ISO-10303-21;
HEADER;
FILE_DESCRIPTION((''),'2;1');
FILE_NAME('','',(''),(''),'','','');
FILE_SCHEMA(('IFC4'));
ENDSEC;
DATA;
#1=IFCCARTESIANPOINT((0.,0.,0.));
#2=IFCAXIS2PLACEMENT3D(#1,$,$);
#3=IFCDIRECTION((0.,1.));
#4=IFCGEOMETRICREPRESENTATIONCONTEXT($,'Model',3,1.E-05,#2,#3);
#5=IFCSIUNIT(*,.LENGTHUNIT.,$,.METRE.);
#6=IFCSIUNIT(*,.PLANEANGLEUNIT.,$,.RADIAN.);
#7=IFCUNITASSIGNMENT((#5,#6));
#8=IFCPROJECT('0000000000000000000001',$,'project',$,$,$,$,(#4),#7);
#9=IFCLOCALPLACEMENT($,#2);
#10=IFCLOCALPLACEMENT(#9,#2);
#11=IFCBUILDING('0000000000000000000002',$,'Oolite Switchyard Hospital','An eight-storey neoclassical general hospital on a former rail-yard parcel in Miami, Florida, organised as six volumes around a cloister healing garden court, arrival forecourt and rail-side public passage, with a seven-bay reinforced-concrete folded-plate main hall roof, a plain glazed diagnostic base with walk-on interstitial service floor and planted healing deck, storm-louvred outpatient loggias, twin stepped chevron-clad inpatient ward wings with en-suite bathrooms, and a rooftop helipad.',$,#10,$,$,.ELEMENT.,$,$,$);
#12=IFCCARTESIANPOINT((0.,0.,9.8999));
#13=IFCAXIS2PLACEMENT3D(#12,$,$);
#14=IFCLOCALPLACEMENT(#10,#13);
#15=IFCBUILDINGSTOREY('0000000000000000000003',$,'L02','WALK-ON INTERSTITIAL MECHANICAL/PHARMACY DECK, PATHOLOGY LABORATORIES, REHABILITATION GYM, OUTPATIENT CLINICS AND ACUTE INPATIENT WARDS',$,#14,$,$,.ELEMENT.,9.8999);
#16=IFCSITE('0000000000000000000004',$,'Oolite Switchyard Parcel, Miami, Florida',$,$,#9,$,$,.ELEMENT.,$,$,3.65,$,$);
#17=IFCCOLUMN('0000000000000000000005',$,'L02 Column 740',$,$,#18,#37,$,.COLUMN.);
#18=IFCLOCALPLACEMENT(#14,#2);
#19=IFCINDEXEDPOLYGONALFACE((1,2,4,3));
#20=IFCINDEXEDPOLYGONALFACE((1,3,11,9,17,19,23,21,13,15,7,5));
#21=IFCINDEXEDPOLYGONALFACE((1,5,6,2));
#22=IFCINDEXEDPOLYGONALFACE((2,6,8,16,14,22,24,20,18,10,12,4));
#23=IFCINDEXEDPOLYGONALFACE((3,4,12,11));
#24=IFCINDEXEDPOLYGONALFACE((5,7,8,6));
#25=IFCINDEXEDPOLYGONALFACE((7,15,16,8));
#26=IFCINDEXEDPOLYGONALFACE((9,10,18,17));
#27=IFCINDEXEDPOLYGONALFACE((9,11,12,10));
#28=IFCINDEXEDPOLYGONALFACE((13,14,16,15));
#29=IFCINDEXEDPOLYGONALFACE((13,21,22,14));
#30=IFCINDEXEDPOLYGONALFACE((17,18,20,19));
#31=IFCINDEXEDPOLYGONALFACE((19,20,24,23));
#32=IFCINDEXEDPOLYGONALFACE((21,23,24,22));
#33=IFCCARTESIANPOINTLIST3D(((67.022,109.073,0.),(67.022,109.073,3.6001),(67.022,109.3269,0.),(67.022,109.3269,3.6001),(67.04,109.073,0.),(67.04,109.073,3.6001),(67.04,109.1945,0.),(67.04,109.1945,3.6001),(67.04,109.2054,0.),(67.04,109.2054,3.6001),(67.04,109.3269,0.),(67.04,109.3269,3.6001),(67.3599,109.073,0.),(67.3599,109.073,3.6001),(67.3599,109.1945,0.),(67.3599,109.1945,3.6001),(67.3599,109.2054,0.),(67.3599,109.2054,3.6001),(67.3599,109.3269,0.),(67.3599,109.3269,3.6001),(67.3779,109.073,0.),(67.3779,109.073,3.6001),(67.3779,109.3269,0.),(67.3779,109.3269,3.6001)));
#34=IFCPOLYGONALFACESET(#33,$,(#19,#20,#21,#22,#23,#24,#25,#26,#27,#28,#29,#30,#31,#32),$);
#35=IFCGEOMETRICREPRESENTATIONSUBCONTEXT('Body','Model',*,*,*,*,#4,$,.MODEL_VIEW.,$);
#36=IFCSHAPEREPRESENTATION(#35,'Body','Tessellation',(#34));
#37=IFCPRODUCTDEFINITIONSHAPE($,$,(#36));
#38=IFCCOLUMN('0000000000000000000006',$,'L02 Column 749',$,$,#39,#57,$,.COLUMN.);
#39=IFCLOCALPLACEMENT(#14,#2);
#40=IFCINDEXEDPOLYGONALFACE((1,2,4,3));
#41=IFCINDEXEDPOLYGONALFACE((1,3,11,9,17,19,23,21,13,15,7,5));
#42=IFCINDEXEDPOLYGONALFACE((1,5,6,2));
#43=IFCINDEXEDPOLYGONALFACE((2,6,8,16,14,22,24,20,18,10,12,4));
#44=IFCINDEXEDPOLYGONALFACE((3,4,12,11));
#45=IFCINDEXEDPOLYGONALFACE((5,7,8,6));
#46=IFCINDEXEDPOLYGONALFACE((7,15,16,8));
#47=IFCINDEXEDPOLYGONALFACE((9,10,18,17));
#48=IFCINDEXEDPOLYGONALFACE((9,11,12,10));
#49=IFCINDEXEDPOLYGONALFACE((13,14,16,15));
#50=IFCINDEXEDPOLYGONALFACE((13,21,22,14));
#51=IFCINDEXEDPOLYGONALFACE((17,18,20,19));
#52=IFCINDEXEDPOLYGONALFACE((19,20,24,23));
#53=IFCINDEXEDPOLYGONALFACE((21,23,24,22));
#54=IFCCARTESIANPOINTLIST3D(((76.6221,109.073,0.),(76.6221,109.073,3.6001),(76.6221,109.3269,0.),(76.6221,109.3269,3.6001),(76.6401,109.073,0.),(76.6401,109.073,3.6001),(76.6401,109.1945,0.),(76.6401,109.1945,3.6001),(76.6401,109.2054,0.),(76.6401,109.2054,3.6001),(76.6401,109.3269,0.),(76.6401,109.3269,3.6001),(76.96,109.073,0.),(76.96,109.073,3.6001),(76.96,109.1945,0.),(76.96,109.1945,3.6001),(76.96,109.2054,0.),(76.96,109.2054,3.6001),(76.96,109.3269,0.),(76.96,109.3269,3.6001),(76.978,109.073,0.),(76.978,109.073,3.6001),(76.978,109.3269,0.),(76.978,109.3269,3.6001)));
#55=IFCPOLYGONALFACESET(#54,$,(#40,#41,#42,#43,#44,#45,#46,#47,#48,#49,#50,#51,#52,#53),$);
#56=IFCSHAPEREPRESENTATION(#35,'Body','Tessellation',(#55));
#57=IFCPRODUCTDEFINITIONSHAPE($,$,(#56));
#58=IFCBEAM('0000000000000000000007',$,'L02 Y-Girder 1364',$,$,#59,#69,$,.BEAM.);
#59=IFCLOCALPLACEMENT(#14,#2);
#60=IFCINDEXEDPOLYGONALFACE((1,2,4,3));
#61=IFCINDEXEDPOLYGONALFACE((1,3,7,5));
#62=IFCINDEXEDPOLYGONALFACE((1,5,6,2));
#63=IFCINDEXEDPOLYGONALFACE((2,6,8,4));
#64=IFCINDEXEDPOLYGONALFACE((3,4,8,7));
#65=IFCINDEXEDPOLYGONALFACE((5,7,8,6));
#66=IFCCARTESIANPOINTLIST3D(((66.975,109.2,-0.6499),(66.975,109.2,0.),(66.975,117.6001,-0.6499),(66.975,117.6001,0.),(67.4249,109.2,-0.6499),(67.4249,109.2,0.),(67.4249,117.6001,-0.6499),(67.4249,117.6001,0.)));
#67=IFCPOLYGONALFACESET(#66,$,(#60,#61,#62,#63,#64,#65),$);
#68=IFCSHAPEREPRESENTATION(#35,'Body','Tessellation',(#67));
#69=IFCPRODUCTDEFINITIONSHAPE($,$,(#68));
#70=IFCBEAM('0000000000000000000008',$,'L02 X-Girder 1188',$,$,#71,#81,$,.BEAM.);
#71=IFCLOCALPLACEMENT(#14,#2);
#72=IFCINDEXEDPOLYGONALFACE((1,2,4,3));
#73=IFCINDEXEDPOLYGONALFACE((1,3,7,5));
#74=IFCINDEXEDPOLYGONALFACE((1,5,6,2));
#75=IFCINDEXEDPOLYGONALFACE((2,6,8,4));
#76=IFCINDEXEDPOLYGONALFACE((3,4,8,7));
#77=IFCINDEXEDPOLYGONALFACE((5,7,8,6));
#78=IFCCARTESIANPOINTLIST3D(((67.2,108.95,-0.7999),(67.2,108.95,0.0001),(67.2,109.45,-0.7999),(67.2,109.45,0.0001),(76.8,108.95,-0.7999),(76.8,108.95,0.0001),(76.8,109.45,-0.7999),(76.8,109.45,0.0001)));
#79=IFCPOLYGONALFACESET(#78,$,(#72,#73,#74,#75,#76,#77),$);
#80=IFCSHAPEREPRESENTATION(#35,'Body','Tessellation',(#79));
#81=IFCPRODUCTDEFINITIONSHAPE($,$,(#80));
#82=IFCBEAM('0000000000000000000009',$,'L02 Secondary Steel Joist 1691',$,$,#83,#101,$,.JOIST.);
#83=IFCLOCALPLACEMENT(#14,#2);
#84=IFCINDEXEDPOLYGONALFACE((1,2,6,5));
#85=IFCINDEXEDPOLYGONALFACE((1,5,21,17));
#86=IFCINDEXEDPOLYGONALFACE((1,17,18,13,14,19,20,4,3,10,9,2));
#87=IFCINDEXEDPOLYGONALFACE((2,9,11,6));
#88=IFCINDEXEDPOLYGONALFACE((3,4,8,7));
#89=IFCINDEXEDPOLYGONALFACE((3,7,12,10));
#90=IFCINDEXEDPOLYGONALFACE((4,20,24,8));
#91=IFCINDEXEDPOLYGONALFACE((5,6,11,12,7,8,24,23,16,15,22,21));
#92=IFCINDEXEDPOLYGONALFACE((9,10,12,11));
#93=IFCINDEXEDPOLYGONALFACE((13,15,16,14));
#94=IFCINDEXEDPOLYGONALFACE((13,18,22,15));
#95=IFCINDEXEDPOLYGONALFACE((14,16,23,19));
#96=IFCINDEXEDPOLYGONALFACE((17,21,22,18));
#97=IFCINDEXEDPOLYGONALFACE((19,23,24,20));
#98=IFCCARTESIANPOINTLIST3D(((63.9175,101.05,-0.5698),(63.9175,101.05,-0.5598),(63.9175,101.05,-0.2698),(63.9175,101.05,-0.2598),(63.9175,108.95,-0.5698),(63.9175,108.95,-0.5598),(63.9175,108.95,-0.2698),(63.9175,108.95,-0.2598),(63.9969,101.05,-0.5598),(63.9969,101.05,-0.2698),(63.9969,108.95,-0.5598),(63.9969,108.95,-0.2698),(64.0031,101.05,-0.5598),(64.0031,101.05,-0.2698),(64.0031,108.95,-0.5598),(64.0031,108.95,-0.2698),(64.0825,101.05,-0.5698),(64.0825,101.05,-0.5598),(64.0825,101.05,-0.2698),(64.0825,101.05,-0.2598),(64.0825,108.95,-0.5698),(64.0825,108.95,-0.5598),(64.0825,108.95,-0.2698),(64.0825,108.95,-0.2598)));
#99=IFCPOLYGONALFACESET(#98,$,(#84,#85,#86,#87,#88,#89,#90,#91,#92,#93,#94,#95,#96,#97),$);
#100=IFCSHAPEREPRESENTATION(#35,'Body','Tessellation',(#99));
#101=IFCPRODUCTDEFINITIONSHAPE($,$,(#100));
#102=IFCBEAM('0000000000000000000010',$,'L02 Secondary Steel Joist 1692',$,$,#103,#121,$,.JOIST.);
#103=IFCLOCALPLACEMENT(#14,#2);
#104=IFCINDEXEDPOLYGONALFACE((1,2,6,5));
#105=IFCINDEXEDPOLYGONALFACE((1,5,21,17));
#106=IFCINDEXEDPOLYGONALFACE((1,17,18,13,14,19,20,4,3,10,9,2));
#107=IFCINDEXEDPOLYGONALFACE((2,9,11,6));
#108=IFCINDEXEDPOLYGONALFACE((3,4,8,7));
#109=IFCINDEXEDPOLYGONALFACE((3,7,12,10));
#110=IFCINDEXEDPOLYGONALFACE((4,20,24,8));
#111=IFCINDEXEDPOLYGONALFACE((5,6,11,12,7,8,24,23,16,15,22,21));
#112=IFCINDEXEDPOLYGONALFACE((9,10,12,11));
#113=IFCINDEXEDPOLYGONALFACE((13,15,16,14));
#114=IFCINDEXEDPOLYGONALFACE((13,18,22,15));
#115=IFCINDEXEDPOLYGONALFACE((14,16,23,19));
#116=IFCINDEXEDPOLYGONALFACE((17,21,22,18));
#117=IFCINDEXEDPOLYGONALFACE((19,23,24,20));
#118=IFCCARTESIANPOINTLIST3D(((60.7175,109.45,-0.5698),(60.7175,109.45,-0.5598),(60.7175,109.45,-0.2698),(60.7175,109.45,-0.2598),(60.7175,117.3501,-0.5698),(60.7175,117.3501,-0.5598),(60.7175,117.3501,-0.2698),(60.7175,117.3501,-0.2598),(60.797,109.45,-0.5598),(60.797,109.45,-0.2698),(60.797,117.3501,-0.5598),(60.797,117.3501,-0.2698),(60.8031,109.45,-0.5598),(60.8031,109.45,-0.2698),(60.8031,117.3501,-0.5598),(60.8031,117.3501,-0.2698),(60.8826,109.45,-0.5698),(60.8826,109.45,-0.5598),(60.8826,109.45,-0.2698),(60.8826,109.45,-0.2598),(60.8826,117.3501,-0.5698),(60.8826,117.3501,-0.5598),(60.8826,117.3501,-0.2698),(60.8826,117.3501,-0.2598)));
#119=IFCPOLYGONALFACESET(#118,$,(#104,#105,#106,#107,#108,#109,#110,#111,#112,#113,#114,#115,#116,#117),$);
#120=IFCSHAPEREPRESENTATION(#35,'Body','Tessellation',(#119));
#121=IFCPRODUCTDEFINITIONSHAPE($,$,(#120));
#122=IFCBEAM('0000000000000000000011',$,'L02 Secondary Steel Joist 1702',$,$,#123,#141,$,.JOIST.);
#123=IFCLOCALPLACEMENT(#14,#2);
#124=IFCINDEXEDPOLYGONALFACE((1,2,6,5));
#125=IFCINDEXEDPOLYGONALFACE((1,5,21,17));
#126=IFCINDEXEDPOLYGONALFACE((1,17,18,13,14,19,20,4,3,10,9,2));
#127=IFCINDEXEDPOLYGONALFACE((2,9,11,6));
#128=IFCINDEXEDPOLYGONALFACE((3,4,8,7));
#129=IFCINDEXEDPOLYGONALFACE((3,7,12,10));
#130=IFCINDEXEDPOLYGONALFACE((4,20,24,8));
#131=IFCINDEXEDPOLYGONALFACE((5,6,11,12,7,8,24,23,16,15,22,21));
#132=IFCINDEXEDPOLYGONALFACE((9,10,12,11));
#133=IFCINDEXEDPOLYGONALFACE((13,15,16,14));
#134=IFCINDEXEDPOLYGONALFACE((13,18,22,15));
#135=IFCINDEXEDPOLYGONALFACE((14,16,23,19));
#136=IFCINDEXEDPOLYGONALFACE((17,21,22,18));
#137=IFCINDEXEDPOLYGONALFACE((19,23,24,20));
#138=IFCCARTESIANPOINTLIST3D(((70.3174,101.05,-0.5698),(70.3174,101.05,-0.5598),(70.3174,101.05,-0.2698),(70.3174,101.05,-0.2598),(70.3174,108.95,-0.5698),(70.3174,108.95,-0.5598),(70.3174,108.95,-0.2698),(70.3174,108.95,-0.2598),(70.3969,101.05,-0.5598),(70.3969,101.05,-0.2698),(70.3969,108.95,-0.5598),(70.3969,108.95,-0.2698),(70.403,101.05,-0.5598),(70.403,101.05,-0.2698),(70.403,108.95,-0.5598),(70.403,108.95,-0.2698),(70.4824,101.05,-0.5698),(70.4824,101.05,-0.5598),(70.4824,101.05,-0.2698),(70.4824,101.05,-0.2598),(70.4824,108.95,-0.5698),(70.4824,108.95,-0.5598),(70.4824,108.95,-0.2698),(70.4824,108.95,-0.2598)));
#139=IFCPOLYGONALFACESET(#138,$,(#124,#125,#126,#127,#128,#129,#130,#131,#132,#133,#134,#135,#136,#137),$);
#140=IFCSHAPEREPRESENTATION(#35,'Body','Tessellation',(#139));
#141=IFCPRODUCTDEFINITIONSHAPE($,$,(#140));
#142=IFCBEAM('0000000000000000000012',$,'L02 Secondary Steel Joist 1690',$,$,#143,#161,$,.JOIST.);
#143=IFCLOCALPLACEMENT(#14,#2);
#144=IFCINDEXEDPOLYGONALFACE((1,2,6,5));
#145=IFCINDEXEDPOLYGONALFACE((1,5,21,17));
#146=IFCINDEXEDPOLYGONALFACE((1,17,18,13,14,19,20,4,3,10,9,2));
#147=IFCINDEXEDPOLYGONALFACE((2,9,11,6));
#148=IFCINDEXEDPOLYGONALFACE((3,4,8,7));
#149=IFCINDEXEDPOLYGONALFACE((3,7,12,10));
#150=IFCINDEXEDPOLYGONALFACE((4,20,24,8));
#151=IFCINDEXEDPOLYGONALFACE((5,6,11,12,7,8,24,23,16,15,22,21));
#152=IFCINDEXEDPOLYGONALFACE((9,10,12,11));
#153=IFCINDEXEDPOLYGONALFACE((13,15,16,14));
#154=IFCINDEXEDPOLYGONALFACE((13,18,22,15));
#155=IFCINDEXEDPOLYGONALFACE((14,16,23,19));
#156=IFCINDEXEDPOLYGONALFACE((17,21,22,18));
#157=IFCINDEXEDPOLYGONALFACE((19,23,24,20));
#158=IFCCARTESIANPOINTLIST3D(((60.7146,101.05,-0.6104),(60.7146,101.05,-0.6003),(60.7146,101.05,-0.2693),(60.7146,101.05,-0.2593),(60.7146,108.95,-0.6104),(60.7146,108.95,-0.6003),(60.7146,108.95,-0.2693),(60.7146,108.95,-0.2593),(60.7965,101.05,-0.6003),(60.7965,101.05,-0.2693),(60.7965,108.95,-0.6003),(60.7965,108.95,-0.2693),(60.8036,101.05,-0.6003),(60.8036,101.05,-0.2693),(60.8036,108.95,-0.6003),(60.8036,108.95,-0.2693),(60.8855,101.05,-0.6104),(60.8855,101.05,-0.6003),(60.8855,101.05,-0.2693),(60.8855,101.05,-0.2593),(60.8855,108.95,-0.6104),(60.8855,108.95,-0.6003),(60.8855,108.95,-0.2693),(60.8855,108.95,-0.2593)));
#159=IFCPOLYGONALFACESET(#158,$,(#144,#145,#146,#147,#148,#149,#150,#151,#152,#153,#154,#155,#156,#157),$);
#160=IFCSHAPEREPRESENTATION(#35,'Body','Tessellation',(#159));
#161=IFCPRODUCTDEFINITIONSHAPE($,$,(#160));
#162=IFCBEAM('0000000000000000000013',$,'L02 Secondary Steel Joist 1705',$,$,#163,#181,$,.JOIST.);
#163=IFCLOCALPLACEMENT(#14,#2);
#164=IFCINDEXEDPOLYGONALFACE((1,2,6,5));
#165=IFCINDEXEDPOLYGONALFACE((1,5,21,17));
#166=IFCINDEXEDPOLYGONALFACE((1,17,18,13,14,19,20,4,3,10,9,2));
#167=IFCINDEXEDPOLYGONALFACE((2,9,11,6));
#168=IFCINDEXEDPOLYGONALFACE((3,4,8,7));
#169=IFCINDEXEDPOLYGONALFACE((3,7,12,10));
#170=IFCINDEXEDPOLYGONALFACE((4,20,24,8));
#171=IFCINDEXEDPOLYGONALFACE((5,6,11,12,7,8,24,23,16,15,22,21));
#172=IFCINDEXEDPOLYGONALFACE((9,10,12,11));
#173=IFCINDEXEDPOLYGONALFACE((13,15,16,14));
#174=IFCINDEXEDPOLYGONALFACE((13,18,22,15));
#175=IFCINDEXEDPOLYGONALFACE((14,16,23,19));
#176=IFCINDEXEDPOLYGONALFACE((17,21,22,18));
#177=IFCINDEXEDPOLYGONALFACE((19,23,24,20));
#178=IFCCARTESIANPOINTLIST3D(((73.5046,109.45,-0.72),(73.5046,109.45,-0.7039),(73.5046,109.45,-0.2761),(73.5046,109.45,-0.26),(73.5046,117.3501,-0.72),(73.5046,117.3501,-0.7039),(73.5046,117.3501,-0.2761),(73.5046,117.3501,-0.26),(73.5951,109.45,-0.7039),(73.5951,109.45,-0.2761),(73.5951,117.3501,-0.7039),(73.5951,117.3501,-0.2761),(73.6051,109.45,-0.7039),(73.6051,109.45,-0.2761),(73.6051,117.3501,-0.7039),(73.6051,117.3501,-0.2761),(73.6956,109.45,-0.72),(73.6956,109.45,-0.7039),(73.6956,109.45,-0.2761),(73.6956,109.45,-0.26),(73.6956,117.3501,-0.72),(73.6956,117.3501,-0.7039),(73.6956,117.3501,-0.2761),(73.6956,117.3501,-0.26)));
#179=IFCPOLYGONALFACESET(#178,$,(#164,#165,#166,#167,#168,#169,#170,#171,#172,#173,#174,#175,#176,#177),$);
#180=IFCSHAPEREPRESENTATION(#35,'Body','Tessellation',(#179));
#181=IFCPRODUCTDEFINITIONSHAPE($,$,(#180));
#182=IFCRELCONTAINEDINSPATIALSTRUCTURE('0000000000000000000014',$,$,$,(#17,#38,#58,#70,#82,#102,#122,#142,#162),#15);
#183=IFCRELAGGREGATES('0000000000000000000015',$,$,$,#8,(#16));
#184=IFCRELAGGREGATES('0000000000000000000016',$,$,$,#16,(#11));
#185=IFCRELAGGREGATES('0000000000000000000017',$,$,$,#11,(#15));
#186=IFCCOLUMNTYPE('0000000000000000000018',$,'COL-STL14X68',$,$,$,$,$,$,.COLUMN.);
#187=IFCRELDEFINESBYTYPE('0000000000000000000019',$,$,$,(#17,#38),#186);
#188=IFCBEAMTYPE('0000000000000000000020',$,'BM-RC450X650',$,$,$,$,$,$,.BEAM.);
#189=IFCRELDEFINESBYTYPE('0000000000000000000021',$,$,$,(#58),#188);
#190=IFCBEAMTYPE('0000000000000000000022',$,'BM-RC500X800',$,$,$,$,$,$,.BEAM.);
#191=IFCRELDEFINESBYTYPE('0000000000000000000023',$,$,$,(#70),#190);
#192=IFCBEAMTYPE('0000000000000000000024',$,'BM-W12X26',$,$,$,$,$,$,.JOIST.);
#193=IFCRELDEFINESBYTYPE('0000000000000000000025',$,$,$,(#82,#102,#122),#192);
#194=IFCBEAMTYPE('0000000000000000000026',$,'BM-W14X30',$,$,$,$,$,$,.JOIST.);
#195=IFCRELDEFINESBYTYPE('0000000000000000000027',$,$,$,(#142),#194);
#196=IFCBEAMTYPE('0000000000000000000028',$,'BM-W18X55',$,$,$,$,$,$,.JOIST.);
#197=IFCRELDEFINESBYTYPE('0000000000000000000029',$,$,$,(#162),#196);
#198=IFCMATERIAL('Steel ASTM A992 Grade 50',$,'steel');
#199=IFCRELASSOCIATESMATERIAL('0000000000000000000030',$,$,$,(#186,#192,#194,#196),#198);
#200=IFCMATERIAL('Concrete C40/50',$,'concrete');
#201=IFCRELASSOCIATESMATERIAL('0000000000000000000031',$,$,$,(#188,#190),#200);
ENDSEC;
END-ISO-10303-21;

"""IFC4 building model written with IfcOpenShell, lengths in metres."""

from ifc_helpers import new_model, si_unit, direction, frame, origin, origin_2d, place, context, subcontext, project, spatial, rectangle, i_section, extrude, material, material_profile, profile_set, type_object, element, save


model = new_model("IFC4")

# Units and contexts
model_context = context("Model", 3, precision=1e-05, world=origin(), true_north=direction((0.0, 1.0)))
body_context = subcontext(model_context, "Body", "Model", "MODEL_VIEW")
ifc_project = project(units=[si_unit("LENGTHUNIT", "METRE"), si_unit("PLANEANGLEUNIT", "RADIAN")], contexts=[model_context])

# Site, building, storey
site_placement = place(None, origin())
site = spatial("IfcSite", under=ifc_project, at=site_placement, Name="Oolite Switchyard Parcel, Miami, Florida", CompositionType="ELEMENT", RefElevation=3.65)
building_placement = place(site_placement, origin())
building = spatial("IfcBuilding", under=site, at=building_placement, Name="Oolite Switchyard Hospital", Description="An eight-storey neoclassical general hospital on a former rail-yard parcel in Miami, Florida, organised as six volumes around a cloister healing garden court, arrival forecourt and rail-side public passage, with a seven-bay reinforced-concrete folded-plate main hall roof, a plain glazed diagnostic base with walk-on interstitial service floor and planted healing deck, storm-louvred outpatient loggias, twin stepped chevron-clad inpatient ward wings with en-suite bathrooms, and a rooftop helipad.", CompositionType="ELEMENT")
storey_placement = place(building_placement, frame((0.0, 0.0, 9.8999)))
storey = spatial("IfcBuildingStorey", under=building, at=storey_placement, Name="L02", Description="WALK-ON INTERSTITIAL MECHANICAL/PHARMACY DECK, PATHOLOGY LABORATORIES, REHABILITATION GYM, OUTPATIENT CLINICS AND ACUTE INPATIENT WARDS", CompositionType="ELEMENT", Elevation=9.8999)

# Columns
ifc_material_1 = material(Name="Steel ASTM A992 Grade 50", Category="steel")
ifc_material_profile_1 = material_profile(ifc_material_1, i_section(OverallWidth=0.2539, OverallDepth=0.356, WebThickness=0.011, FlangeThickness=0.0181, at=origin_2d()), Name="W14X68")
ifc_profile_set_1 = profile_set([ifc_material_profile_1], Name="Steel ASTM A992 Grade 50")
column_type = type_object("IfcColumnType", Name="COL-STL14X68", PredefinedType="COLUMN", material=ifc_profile_set_1)
for number, where, z_axis, x_axis, name in (
    (1, (67.2, 109.2, 0.0), (0.0, 0.0, 1.0), (0.0, -1.0, 0.0), "L02 Column 740"),
    (2, (76.8, 109.2, 0.0), (0.0, 0.0, 1.0), (0.0, -1.0, 0.0), "L02 Column 749"),
):
    element("IfcColumn", number, at=place(storey_placement, frame(where, z_axis=z_axis, x_axis=x_axis)), inside=storey, type_object=column_type, Name=name, PredefinedType="COLUMN", context=body_context, shape_type="SweptSolid", body=[
        extrude(i_section(OverallWidth=0.2539, OverallDepth=0.356, WebThickness=0.011, FlangeThickness=0.0181, at=origin_2d()), origin(), (0.0, 0.0, 1.0), 3.6001),
    ])

# Beams
ifc_material_2 = material(Name="Concrete C40/50", Category="concrete")
ifc_material_profile_2 = material_profile(ifc_material_2, rectangle(XDim=0.45, YDim=0.6499, at=origin_2d()), Name="RCB450X650")
ifc_profile_set_2 = profile_set([ifc_material_profile_2], Name="Concrete C40/50")
beam_type_1 = type_object("IfcBeamType", Name="BM-RC450X650", PredefinedType="BEAM", material=ifc_profile_set_2)
beam_1_placement = place(storey_placement, frame((67.2, 109.2, -0.325), z_axis=(0.0, 1.0, 0.0), x_axis=(-1.0, 0.0, 0.0)))
element("IfcBeam", 3, at=beam_1_placement, inside=storey, type_object=beam_type_1, Name="L02 Y-Girder 1364", PredefinedType="BEAM", context=body_context, shape_type="SweptSolid", body=[
    extrude(rectangle(XDim=0.45, YDim=0.6499, at=origin_2d()), origin(), (0.0, 0.0, 1.0), 8.4001),
])
ifc_material_profile_3 = material_profile(ifc_material_2, rectangle(XDim=0.5, YDim=0.8, at=origin_2d()), Name="RCB500X800")
ifc_profile_set_3 = profile_set([ifc_material_profile_3], Name="Concrete C40/50")
beam_type_2 = type_object("IfcBeamType", Name="BM-RC500X800", PredefinedType="BEAM", material=ifc_profile_set_3)
beam_2_placement = place(storey_placement, frame((67.2, 109.2, -0.3999), z_axis=(1.0, 0.0, 0.0), x_axis=(0.0, 1.0, 0.0)))
element("IfcBeam", 4, at=beam_2_placement, inside=storey, type_object=beam_type_2, Name="L02 X-Girder 1188", PredefinedType="BEAM", context=body_context, shape_type="SweptSolid", body=[
    extrude(rectangle(XDim=0.5, YDim=0.8, at=origin_2d()), origin(), (0.0, 0.0, 1.0), 9.6001),
])
ifc_material_profile_4 = material_profile(ifc_material_1, i_section(OverallWidth=0.165, OverallDepth=0.3101, WebThickness=0.0061, FlangeThickness=0.01, at=origin_2d()), Name="W12X26")
ifc_profile_set_4 = profile_set([ifc_material_profile_4], Name="Steel ASTM A992 Grade 50")
beam_type_3 = type_object("IfcBeamType", Name="BM-W12X26", PredefinedType="JOIST", material=ifc_profile_set_4)
beam_3_placement = place(storey_placement, frame((64.0, 101.05, -0.4148), z_axis=(0.0, 1.0, 0.0), x_axis=(-1.0, 0.0, 0.0)))
element("IfcBeam", 5, at=beam_3_placement, inside=storey, type_object=beam_type_3, Name="L02 Secondary Steel Joist 1691", PredefinedType="JOIST", context=body_context, shape_type="SweptSolid", body=[
    extrude(i_section(OverallWidth=0.165, OverallDepth=0.3101, WebThickness=0.0061, FlangeThickness=0.01, at=origin_2d()), origin(), (0.0, 0.0, 1.0), 7.8999),
])
beam_4_placement = place(storey_placement, frame((60.8, 109.45, -0.4148), z_axis=(0.0, 1.0, 0.0), x_axis=(-1.0, 0.0, 0.0)))
element("IfcBeam", 6, at=beam_4_placement, inside=storey, type_object=beam_type_3, Name="L02 Secondary Steel Joist 1692", PredefinedType="JOIST", context=body_context, shape_type="SweptSolid", body=[
    extrude(i_section(OverallWidth=0.165, OverallDepth=0.3101, WebThickness=0.0061, FlangeThickness=0.01, at=origin_2d()), origin(), (0.0, 0.0, 1.0), 7.9001),
])
beam_5_placement = place(storey_placement, frame((70.3999, 101.05, -0.4148), z_axis=(0.0, 1.0, 0.0), x_axis=(-1.0, 0.0, 0.0)))
element("IfcBeam", 7, at=beam_5_placement, inside=storey, type_object=beam_type_3, Name="L02 Secondary Steel Joist 1702", PredefinedType="JOIST", context=body_context, shape_type="SweptSolid", body=[
    extrude(i_section(OverallWidth=0.165, OverallDepth=0.3101, WebThickness=0.0061, FlangeThickness=0.01, at=origin_2d()), origin(), (0.0, 0.0, 1.0), 7.8999),
])
ifc_material_profile_5 = material_profile(ifc_material_1, i_section(OverallWidth=0.1709, OverallDepth=0.3511, WebThickness=0.0071, FlangeThickness=0.01, at=origin_2d()), Name="W14X30")
ifc_profile_set_5 = profile_set([ifc_material_profile_5], Name="Steel ASTM A992 Grade 50")
beam_type_4 = type_object("IfcBeamType", Name="BM-W14X30", PredefinedType="JOIST", material=ifc_profile_set_5)
beam_6_placement = place(storey_placement, frame((60.8, 101.05, -0.4348), z_axis=(0.0, 1.0, 0.0), x_axis=(-1.0, 0.0, 0.0)))
element("IfcBeam", 8, at=beam_6_placement, inside=storey, type_object=beam_type_4, Name="L02 Secondary Steel Joist 1690", PredefinedType="JOIST", context=body_context, shape_type="SweptSolid", body=[
    extrude(i_section(OverallWidth=0.1709, OverallDepth=0.3511, WebThickness=0.0071, FlangeThickness=0.01, at=origin_2d()), origin(), (0.0, 0.0, 1.0), 7.8999),
])
ifc_material_profile_6 = material_profile(ifc_material_1, i_section(OverallWidth=0.1909, OverallDepth=0.46, WebThickness=0.01, FlangeThickness=0.0161, at=origin_2d()), Name="W18X55")
ifc_profile_set_6 = profile_set([ifc_material_profile_6], Name="Steel ASTM A992 Grade 50")
beam_type_5 = type_object("IfcBeamType", Name="BM-W18X55", PredefinedType="JOIST", material=ifc_profile_set_6)
beam_7_placement = place(storey_placement, frame((73.6001, 109.45, -0.49), z_axis=(0.0, 1.0, 0.0), x_axis=(-1.0, 0.0, 0.0)))
element("IfcBeam", 9, at=beam_7_placement, inside=storey, type_object=beam_type_5, Name="L02 Secondary Steel Joist 1705", PredefinedType="JOIST", context=body_context, shape_type="SweptSolid", body=[
    extrude(i_section(OverallWidth=0.1909, OverallDepth=0.46, WebThickness=0.01, FlangeThickness=0.0161, at=origin_2d()), origin(), (0.0, 0.0, 1.0), 7.9001),
])

save(model, "model.ifc")
